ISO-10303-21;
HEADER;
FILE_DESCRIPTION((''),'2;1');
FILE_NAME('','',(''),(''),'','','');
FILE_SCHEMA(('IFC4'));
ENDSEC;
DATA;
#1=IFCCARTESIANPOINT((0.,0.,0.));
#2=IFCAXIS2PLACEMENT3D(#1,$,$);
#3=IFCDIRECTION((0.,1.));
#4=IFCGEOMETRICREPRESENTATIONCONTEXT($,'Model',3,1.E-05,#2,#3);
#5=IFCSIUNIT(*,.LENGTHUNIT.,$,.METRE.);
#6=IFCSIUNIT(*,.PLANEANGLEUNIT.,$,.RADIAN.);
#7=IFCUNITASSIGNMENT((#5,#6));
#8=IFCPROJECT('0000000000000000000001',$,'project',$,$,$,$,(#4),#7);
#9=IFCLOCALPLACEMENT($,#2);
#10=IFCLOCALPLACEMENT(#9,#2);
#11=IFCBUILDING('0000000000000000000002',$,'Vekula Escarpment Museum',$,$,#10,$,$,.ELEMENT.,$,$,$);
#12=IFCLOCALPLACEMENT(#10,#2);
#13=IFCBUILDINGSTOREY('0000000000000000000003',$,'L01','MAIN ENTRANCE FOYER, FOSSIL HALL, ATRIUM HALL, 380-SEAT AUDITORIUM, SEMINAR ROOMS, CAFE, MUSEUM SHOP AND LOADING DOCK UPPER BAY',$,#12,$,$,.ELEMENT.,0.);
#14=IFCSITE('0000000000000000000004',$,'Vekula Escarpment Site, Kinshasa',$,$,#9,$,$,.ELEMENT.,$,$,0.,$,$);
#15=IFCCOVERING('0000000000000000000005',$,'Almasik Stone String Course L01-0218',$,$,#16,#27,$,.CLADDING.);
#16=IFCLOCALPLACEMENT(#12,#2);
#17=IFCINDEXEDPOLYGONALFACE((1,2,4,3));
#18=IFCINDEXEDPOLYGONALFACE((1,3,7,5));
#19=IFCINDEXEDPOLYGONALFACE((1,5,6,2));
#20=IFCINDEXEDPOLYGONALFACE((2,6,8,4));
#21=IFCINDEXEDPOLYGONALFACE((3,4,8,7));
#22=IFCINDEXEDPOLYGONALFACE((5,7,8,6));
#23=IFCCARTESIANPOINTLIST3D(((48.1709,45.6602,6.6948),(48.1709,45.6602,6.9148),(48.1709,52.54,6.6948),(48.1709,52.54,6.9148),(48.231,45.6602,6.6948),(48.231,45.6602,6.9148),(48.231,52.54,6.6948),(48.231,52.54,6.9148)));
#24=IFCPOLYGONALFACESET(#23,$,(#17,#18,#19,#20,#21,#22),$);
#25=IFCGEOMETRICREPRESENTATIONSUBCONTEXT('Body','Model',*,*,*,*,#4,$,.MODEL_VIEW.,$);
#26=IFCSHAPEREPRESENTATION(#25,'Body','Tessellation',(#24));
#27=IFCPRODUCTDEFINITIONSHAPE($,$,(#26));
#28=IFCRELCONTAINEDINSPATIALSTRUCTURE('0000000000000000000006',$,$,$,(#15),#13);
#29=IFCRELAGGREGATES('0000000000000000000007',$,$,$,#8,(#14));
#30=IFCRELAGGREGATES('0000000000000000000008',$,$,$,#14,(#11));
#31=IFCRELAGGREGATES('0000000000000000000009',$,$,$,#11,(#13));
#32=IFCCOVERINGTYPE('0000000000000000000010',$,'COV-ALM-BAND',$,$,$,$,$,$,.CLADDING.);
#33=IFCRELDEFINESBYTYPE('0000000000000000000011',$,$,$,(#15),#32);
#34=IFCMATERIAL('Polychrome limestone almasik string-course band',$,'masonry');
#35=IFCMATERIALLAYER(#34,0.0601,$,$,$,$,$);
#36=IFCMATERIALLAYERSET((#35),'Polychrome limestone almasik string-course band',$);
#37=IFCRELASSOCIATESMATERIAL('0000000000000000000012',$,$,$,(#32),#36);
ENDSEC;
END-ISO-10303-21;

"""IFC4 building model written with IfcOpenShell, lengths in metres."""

from ifc_helpers import new_model, si_unit, direction, frame, origin, origin_2d, place, context, subcontext, project, spatial, rectangle, extrude, material, layer, layer_set, type_object, element, save


model = new_model("IFC4")

# Units and contexts
model_context = context("Model", 3, precision=1e-05, world=origin(), true_north=direction((0.0, 1.0)))
body_context = subcontext(model_context, "Body", "Model", "MODEL_VIEW")
ifc_project = project(units=[si_unit("LENGTHUNIT", "METRE"), si_unit("PLANEANGLEUNIT", "RADIAN")], contexts=[model_context])

# Site, building, storey
site_placement = place(None, origin())
site = spatial("IfcSite", under=ifc_project, at=site_placement, Name="Vekula Escarpment Site, Kinshasa", CompositionType="ELEMENT", RefElevation=0.0)
building_placement = place(site_placement, origin())
building = spatial("IfcBuilding", under=site, at=building_placement, Name="Vekula Escarpment Museum", CompositionType="ELEMENT")
storey_placement = place(building_placement, origin())
storey = spatial("IfcBuildingStorey", under=building, at=storey_placement, Name="L01", Description="MAIN ENTRANCE FOYER, FOSSIL HALL, ATRIUM HALL, 380-SEAT AUDITORIUM, SEMINAR ROOMS, CAFE, MUSEUM SHOP AND LOADING DOCK UPPER BAY", CompositionType="ELEMENT", Elevation=0.0)

# Covering
ifc_material_1 = material(Name="Polychrome limestone almasik string-course band", Category="masonry")
ifc_layer_1 = layer(ifc_material_1, 0.0601)
ifc_layer_set_1 = layer_set([ifc_layer_1], Name="Polychrome limestone almasik string-course band")
covering_type = type_object("IfcCoveringType", Name="COV-ALM-BAND", PredefinedType="CLADDING", material=ifc_layer_set_1)
for number, where, z_axis, x_axis, name in (
    (1, (48.2009, 49.1001, 6.6948), (0.0, 0.0, 1.0), (0.0, 1.0, 0.0), "Almasik Stone String Course L01-0218"),
):
    element("IfcCovering", number, at=place(storey_placement, frame(where, z_axis=z_axis, x_axis=x_axis)), inside=storey, type_object=covering_type, Name=name, PredefinedType="CLADDING", context=body_context, shape_type="SweptSolid", body=[
        extrude(rectangle(XDim=6.8799, YDim=0.0601, at=origin_2d()), origin(), (0.0, 0.0, 1.0), 0.22),
    ])

save(model, "model.ifc")
